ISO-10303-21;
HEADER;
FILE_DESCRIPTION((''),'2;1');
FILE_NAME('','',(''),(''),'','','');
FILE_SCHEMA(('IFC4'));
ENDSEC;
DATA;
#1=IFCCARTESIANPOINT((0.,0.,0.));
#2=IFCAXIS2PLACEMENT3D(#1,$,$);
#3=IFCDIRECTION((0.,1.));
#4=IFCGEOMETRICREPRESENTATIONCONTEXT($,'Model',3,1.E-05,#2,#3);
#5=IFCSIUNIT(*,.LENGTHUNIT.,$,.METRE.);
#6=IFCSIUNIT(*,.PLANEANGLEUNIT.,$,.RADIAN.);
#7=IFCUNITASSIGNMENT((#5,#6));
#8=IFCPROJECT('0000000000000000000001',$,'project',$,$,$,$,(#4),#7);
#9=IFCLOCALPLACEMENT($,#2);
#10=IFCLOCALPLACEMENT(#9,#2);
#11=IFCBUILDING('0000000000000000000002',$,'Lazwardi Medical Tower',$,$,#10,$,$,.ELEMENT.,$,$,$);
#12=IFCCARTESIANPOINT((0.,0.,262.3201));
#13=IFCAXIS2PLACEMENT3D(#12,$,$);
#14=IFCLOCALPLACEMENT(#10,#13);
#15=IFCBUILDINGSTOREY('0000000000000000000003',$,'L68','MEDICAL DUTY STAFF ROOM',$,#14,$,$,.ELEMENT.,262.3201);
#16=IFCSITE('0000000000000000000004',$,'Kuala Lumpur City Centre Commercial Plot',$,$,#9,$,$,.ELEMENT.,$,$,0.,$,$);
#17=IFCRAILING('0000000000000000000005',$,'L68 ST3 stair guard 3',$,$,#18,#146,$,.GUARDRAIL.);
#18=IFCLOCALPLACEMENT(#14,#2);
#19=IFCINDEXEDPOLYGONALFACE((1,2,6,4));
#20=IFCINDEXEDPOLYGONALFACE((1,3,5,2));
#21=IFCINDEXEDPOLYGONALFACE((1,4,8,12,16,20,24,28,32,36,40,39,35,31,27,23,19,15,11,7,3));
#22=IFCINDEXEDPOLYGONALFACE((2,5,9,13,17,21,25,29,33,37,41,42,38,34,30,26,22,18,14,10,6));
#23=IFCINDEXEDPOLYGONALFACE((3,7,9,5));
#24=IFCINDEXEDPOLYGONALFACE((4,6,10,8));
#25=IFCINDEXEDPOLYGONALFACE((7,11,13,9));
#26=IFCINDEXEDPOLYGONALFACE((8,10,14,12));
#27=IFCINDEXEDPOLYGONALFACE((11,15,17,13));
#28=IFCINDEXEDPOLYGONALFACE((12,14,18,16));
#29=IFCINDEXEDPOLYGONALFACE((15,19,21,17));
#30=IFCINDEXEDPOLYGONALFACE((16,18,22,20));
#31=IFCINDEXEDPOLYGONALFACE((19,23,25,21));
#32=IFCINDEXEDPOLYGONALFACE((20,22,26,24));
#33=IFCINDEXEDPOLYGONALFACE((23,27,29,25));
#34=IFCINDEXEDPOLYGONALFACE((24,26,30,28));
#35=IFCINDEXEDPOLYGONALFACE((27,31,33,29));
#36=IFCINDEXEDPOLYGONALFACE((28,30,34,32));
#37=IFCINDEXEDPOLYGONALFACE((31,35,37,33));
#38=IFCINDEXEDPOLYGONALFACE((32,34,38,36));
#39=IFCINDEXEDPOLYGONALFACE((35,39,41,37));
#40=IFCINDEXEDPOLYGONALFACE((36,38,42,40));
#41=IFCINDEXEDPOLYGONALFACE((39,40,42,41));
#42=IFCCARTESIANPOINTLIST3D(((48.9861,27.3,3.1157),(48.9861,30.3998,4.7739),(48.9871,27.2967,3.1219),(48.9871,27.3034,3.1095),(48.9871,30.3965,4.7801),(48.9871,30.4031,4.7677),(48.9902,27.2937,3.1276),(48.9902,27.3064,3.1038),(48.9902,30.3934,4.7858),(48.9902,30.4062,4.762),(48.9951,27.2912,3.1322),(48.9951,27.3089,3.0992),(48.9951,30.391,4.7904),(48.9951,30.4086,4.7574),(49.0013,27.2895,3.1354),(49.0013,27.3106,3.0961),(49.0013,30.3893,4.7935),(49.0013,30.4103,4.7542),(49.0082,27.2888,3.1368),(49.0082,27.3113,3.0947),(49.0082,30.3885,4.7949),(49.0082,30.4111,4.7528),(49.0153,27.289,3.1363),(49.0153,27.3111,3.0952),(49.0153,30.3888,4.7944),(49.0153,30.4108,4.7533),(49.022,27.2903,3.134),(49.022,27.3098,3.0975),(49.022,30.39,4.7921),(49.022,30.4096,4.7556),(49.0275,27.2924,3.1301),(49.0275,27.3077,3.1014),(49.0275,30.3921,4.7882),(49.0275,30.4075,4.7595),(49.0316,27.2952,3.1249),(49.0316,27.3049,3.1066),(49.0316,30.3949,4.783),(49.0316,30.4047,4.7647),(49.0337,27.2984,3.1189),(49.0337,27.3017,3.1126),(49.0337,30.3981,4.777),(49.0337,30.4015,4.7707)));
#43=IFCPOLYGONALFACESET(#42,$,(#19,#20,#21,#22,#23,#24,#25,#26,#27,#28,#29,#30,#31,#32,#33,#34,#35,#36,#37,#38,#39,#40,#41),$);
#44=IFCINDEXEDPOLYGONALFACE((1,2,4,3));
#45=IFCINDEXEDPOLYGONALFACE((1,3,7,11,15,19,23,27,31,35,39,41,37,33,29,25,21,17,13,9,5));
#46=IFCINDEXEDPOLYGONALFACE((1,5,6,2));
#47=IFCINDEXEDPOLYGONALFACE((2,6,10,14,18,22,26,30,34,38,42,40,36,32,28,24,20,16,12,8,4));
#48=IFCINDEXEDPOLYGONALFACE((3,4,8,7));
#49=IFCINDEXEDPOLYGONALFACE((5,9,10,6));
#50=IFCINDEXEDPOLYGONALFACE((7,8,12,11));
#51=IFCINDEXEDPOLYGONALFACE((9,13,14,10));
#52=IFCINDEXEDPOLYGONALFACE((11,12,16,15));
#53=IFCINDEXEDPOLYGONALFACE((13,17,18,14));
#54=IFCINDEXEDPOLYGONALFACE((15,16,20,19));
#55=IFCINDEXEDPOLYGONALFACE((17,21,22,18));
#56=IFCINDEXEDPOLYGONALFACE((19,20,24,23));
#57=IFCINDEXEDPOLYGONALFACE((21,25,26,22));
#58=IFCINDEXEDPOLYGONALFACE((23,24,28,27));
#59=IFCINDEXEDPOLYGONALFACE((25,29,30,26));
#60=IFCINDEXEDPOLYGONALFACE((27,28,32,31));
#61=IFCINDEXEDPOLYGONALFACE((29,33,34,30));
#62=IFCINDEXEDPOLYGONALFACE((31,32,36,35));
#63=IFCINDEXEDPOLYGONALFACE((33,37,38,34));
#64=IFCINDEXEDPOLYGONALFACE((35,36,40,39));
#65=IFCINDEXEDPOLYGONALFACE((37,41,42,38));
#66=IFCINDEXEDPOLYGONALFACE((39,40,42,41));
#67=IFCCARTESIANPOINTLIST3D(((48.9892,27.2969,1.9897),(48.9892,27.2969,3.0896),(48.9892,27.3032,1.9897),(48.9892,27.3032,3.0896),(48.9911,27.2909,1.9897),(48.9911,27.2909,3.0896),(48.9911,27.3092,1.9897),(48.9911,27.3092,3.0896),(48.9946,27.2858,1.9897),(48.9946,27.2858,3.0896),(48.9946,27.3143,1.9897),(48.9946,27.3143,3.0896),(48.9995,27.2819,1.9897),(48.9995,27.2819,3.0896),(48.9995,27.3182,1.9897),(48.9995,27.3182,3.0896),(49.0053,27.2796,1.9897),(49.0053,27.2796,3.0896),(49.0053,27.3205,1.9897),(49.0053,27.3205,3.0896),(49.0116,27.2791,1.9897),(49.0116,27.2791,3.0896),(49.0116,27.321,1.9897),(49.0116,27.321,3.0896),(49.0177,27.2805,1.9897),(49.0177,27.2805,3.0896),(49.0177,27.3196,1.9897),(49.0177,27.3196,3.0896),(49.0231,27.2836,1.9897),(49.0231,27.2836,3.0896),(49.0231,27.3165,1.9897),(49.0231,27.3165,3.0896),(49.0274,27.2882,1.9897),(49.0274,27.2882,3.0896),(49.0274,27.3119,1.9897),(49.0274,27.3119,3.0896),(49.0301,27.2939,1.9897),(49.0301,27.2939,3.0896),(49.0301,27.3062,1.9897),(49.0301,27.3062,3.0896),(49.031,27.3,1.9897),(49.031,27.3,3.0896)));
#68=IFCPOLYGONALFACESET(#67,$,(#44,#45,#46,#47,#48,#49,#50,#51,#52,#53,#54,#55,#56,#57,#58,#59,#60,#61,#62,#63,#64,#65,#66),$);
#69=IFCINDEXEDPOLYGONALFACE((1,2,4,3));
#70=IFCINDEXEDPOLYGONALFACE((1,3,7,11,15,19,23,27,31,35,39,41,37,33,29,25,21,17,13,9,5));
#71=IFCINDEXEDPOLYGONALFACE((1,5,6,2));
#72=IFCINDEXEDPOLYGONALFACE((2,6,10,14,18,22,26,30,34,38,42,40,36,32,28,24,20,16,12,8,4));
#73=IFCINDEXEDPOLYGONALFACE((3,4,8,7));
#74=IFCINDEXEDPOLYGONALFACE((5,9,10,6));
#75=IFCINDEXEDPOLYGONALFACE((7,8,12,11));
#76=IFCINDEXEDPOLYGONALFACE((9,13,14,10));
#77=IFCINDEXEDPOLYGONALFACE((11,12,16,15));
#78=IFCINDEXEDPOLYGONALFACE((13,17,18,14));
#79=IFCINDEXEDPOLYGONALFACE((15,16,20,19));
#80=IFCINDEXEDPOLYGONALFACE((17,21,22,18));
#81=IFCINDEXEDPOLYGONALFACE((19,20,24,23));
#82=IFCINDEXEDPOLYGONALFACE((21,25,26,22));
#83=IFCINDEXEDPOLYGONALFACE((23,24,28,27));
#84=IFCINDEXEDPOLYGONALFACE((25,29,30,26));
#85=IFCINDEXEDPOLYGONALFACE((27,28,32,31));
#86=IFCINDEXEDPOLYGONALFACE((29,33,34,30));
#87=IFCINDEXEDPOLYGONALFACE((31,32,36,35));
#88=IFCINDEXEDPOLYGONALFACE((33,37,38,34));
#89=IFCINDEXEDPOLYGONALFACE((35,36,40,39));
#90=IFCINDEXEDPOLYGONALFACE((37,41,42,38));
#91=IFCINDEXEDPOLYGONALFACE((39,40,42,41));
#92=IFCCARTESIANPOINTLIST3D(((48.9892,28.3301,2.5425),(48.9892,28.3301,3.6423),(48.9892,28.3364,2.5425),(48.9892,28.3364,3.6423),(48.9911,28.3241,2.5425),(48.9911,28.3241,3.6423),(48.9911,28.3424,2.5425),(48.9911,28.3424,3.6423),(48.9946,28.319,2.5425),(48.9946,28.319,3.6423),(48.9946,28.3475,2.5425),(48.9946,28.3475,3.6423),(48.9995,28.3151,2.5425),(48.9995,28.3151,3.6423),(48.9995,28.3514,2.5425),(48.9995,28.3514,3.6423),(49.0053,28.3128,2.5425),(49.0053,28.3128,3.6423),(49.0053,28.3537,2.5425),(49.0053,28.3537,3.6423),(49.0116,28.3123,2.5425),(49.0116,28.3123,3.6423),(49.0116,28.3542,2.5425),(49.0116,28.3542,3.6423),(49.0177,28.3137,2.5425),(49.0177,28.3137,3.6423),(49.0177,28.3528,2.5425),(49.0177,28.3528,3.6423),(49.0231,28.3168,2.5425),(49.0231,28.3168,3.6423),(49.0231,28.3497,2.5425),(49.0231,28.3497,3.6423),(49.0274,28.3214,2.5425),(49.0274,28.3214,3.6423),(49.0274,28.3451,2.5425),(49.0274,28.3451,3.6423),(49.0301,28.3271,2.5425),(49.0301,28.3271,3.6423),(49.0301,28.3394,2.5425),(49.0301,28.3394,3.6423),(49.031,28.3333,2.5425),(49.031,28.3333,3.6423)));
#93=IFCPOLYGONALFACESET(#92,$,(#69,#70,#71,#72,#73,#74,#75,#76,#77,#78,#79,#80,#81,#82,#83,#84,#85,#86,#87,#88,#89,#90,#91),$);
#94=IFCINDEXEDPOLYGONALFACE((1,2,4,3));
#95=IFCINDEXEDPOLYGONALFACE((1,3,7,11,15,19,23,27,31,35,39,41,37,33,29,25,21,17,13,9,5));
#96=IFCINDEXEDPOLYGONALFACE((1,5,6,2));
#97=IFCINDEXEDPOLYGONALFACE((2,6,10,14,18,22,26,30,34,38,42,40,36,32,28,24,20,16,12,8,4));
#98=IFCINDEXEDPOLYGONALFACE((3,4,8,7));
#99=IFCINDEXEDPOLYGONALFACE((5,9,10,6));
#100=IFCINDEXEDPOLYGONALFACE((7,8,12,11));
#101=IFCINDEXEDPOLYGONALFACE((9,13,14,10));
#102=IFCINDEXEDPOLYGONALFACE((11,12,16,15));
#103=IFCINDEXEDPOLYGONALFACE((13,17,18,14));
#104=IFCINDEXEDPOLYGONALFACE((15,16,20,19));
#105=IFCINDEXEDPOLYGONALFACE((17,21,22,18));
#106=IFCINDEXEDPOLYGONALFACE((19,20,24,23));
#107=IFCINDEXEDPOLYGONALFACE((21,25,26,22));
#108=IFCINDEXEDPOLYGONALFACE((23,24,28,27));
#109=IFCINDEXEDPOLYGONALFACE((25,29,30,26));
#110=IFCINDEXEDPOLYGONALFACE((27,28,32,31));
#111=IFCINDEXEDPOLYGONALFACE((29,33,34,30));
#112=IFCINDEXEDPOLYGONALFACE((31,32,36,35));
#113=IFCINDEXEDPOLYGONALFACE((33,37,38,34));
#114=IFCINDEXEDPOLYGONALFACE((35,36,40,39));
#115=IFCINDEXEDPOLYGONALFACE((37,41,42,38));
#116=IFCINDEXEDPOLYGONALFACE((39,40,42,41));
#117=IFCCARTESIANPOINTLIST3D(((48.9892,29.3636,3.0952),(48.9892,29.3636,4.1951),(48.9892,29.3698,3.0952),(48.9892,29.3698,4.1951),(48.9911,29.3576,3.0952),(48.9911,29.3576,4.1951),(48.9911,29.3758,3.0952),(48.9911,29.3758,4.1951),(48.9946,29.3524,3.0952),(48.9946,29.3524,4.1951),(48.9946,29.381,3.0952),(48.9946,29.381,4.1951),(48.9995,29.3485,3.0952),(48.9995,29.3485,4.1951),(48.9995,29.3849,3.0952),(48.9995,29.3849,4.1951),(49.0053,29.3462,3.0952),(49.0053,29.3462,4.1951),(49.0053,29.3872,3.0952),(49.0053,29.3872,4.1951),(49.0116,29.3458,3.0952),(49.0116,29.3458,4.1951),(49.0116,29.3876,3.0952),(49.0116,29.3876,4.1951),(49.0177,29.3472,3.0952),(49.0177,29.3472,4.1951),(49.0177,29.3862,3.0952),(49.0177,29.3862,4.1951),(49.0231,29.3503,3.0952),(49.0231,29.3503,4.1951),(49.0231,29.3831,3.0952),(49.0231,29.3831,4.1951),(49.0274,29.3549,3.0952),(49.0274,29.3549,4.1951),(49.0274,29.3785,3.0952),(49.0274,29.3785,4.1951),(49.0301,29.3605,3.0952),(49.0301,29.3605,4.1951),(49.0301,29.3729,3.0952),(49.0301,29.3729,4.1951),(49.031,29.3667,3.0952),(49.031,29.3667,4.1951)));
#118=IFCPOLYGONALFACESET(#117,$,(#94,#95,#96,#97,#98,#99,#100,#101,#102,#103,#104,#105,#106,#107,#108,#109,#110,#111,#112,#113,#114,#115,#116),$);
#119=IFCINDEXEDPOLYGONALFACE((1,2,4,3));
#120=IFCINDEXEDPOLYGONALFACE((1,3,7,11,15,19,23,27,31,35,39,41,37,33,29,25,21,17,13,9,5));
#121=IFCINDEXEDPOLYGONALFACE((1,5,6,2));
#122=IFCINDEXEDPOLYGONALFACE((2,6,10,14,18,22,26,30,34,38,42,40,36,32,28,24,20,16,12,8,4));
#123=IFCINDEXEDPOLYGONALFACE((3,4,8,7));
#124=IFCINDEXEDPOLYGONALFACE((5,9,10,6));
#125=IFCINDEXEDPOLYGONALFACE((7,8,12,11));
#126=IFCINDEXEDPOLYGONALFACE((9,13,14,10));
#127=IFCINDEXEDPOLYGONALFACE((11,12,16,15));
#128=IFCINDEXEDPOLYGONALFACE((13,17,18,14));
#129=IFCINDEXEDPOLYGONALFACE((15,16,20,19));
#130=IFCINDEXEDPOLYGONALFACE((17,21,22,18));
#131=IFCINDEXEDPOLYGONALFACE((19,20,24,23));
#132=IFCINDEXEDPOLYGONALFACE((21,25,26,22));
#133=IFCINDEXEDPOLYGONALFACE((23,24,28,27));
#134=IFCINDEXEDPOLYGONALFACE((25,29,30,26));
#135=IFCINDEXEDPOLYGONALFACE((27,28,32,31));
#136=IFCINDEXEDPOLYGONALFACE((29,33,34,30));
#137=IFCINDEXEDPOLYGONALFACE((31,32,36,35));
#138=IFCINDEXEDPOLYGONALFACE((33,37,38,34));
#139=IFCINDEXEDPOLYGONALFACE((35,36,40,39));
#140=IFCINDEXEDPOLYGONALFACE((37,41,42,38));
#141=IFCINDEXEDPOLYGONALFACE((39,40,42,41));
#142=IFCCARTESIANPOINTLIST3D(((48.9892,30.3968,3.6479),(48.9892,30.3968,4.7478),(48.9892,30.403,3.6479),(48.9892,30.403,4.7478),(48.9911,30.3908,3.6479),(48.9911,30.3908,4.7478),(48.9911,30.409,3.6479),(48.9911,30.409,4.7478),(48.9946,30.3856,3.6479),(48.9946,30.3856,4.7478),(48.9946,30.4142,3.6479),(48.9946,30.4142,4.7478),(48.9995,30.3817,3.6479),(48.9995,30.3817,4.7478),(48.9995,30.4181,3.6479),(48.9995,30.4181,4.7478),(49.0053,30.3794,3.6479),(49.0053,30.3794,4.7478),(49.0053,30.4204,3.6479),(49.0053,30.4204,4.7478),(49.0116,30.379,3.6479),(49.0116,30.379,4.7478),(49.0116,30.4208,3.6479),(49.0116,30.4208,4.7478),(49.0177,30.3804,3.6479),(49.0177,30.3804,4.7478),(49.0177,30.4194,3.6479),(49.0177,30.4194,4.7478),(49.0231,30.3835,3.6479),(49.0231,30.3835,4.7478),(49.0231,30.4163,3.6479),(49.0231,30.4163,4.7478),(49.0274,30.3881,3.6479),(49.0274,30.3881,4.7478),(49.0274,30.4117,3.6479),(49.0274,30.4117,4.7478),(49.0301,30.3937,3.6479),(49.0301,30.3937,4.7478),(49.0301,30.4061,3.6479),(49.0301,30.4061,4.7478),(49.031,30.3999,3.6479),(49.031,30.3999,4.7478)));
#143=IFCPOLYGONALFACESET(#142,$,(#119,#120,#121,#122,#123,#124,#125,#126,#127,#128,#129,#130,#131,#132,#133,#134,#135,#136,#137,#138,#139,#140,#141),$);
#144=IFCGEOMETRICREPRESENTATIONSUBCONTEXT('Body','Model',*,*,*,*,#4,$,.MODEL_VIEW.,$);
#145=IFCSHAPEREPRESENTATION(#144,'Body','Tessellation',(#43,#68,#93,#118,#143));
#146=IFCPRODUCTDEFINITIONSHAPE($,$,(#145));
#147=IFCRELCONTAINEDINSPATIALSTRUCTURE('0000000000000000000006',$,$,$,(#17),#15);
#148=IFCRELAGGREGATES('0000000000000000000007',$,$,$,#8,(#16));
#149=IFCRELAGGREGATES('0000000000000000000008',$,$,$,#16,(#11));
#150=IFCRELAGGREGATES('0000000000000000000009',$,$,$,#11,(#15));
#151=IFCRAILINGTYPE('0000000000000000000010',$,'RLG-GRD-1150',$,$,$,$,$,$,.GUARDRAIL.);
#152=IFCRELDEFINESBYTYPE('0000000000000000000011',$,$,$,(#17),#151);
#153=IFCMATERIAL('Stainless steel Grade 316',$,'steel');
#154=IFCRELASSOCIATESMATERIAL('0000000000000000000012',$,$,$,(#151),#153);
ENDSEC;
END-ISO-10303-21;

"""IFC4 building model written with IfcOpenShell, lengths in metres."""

from ifc_helpers import new_model, si_unit, direction, frame, origin, origin_2d, place, context, subcontext, project, spatial, circle, extrude, material, type_object, element, save


model = new_model("IFC4")

# Units and contexts
model_context = context("Model", 3, precision=1e-05, world=origin(), true_north=direction((0.0, 1.0)))
body_context = subcontext(model_context, "Body", "Model", "MODEL_VIEW")
ifc_project = project(units=[si_unit("LENGTHUNIT", "METRE"), si_unit("PLANEANGLEUNIT", "RADIAN")], contexts=[model_context])

# Site, building, storey
site_placement = place(None, origin())
site = spatial("IfcSite", under=ifc_project, at=site_placement, Name="Kuala Lumpur City Centre Commercial Plot", CompositionType="ELEMENT", RefElevation=0.0)
building_placement = place(site_placement, origin())
building = spatial("IfcBuilding", under=site, at=building_placement, Name="Lazwardi Medical Tower", CompositionType="ELEMENT")
storey_placement = place(building_placement, frame((0.0, 0.0, 262.3201)))
storey = spatial("IfcBuildingStorey", under=building, at=storey_placement, Name="L68", Description="MEDICAL DUTY STAFF ROOM", CompositionType="ELEMENT", Elevation=262.3201)

# Railing
ifc_material_1 = material(Name="Stainless steel Grade 316", Category="steel")
railing_type_1 = type_object("IfcRailingType", Name="RLG-GRD-1150", PredefinedType="GUARDRAIL", material=ifc_material_1)
railing_1_placement = place(storey_placement, frame((49.01, 27.3, 1.9897)))
element("IfcRailing", 1, at=railing_1_placement, inside=storey, type_object=railing_type_1, Name="L68 ST3 stair guard 3", PredefinedType="GUARDRAIL", context=body_context, shape_type="SweptSolid", body=[
    extrude(circle(Radius=0.0239, at=origin_2d()), frame((0.0, 0.0, 1.126), z_axis=(0.0, 0.881768, 0.471684), x_axis=(-1.0, 0.0, 0.0)), (0.0, 0.0, 1.0), 3.5154),
    extrude(circle(Radius=0.021, at=origin_2d()), origin(), (0.0, 0.0, 1.0), 1.0999),
    extrude(circle(Radius=0.021, at=origin_2d()), frame((0.0, 1.0332, 0.5527)), (0.0, 0.0, 1.0), 1.0999),
    extrude(circle(Radius=0.021, at=origin_2d()), frame((0.0, 2.0667, 1.1055)), (0.0, 0.0, 1.0), 1.0999),
    extrude(circle(Radius=0.021, at=origin_2d()), frame((0.0, 3.0999, 1.6582)), (0.0, 0.0, 1.0), 1.0999),
])

save(model, "model.ifc")
